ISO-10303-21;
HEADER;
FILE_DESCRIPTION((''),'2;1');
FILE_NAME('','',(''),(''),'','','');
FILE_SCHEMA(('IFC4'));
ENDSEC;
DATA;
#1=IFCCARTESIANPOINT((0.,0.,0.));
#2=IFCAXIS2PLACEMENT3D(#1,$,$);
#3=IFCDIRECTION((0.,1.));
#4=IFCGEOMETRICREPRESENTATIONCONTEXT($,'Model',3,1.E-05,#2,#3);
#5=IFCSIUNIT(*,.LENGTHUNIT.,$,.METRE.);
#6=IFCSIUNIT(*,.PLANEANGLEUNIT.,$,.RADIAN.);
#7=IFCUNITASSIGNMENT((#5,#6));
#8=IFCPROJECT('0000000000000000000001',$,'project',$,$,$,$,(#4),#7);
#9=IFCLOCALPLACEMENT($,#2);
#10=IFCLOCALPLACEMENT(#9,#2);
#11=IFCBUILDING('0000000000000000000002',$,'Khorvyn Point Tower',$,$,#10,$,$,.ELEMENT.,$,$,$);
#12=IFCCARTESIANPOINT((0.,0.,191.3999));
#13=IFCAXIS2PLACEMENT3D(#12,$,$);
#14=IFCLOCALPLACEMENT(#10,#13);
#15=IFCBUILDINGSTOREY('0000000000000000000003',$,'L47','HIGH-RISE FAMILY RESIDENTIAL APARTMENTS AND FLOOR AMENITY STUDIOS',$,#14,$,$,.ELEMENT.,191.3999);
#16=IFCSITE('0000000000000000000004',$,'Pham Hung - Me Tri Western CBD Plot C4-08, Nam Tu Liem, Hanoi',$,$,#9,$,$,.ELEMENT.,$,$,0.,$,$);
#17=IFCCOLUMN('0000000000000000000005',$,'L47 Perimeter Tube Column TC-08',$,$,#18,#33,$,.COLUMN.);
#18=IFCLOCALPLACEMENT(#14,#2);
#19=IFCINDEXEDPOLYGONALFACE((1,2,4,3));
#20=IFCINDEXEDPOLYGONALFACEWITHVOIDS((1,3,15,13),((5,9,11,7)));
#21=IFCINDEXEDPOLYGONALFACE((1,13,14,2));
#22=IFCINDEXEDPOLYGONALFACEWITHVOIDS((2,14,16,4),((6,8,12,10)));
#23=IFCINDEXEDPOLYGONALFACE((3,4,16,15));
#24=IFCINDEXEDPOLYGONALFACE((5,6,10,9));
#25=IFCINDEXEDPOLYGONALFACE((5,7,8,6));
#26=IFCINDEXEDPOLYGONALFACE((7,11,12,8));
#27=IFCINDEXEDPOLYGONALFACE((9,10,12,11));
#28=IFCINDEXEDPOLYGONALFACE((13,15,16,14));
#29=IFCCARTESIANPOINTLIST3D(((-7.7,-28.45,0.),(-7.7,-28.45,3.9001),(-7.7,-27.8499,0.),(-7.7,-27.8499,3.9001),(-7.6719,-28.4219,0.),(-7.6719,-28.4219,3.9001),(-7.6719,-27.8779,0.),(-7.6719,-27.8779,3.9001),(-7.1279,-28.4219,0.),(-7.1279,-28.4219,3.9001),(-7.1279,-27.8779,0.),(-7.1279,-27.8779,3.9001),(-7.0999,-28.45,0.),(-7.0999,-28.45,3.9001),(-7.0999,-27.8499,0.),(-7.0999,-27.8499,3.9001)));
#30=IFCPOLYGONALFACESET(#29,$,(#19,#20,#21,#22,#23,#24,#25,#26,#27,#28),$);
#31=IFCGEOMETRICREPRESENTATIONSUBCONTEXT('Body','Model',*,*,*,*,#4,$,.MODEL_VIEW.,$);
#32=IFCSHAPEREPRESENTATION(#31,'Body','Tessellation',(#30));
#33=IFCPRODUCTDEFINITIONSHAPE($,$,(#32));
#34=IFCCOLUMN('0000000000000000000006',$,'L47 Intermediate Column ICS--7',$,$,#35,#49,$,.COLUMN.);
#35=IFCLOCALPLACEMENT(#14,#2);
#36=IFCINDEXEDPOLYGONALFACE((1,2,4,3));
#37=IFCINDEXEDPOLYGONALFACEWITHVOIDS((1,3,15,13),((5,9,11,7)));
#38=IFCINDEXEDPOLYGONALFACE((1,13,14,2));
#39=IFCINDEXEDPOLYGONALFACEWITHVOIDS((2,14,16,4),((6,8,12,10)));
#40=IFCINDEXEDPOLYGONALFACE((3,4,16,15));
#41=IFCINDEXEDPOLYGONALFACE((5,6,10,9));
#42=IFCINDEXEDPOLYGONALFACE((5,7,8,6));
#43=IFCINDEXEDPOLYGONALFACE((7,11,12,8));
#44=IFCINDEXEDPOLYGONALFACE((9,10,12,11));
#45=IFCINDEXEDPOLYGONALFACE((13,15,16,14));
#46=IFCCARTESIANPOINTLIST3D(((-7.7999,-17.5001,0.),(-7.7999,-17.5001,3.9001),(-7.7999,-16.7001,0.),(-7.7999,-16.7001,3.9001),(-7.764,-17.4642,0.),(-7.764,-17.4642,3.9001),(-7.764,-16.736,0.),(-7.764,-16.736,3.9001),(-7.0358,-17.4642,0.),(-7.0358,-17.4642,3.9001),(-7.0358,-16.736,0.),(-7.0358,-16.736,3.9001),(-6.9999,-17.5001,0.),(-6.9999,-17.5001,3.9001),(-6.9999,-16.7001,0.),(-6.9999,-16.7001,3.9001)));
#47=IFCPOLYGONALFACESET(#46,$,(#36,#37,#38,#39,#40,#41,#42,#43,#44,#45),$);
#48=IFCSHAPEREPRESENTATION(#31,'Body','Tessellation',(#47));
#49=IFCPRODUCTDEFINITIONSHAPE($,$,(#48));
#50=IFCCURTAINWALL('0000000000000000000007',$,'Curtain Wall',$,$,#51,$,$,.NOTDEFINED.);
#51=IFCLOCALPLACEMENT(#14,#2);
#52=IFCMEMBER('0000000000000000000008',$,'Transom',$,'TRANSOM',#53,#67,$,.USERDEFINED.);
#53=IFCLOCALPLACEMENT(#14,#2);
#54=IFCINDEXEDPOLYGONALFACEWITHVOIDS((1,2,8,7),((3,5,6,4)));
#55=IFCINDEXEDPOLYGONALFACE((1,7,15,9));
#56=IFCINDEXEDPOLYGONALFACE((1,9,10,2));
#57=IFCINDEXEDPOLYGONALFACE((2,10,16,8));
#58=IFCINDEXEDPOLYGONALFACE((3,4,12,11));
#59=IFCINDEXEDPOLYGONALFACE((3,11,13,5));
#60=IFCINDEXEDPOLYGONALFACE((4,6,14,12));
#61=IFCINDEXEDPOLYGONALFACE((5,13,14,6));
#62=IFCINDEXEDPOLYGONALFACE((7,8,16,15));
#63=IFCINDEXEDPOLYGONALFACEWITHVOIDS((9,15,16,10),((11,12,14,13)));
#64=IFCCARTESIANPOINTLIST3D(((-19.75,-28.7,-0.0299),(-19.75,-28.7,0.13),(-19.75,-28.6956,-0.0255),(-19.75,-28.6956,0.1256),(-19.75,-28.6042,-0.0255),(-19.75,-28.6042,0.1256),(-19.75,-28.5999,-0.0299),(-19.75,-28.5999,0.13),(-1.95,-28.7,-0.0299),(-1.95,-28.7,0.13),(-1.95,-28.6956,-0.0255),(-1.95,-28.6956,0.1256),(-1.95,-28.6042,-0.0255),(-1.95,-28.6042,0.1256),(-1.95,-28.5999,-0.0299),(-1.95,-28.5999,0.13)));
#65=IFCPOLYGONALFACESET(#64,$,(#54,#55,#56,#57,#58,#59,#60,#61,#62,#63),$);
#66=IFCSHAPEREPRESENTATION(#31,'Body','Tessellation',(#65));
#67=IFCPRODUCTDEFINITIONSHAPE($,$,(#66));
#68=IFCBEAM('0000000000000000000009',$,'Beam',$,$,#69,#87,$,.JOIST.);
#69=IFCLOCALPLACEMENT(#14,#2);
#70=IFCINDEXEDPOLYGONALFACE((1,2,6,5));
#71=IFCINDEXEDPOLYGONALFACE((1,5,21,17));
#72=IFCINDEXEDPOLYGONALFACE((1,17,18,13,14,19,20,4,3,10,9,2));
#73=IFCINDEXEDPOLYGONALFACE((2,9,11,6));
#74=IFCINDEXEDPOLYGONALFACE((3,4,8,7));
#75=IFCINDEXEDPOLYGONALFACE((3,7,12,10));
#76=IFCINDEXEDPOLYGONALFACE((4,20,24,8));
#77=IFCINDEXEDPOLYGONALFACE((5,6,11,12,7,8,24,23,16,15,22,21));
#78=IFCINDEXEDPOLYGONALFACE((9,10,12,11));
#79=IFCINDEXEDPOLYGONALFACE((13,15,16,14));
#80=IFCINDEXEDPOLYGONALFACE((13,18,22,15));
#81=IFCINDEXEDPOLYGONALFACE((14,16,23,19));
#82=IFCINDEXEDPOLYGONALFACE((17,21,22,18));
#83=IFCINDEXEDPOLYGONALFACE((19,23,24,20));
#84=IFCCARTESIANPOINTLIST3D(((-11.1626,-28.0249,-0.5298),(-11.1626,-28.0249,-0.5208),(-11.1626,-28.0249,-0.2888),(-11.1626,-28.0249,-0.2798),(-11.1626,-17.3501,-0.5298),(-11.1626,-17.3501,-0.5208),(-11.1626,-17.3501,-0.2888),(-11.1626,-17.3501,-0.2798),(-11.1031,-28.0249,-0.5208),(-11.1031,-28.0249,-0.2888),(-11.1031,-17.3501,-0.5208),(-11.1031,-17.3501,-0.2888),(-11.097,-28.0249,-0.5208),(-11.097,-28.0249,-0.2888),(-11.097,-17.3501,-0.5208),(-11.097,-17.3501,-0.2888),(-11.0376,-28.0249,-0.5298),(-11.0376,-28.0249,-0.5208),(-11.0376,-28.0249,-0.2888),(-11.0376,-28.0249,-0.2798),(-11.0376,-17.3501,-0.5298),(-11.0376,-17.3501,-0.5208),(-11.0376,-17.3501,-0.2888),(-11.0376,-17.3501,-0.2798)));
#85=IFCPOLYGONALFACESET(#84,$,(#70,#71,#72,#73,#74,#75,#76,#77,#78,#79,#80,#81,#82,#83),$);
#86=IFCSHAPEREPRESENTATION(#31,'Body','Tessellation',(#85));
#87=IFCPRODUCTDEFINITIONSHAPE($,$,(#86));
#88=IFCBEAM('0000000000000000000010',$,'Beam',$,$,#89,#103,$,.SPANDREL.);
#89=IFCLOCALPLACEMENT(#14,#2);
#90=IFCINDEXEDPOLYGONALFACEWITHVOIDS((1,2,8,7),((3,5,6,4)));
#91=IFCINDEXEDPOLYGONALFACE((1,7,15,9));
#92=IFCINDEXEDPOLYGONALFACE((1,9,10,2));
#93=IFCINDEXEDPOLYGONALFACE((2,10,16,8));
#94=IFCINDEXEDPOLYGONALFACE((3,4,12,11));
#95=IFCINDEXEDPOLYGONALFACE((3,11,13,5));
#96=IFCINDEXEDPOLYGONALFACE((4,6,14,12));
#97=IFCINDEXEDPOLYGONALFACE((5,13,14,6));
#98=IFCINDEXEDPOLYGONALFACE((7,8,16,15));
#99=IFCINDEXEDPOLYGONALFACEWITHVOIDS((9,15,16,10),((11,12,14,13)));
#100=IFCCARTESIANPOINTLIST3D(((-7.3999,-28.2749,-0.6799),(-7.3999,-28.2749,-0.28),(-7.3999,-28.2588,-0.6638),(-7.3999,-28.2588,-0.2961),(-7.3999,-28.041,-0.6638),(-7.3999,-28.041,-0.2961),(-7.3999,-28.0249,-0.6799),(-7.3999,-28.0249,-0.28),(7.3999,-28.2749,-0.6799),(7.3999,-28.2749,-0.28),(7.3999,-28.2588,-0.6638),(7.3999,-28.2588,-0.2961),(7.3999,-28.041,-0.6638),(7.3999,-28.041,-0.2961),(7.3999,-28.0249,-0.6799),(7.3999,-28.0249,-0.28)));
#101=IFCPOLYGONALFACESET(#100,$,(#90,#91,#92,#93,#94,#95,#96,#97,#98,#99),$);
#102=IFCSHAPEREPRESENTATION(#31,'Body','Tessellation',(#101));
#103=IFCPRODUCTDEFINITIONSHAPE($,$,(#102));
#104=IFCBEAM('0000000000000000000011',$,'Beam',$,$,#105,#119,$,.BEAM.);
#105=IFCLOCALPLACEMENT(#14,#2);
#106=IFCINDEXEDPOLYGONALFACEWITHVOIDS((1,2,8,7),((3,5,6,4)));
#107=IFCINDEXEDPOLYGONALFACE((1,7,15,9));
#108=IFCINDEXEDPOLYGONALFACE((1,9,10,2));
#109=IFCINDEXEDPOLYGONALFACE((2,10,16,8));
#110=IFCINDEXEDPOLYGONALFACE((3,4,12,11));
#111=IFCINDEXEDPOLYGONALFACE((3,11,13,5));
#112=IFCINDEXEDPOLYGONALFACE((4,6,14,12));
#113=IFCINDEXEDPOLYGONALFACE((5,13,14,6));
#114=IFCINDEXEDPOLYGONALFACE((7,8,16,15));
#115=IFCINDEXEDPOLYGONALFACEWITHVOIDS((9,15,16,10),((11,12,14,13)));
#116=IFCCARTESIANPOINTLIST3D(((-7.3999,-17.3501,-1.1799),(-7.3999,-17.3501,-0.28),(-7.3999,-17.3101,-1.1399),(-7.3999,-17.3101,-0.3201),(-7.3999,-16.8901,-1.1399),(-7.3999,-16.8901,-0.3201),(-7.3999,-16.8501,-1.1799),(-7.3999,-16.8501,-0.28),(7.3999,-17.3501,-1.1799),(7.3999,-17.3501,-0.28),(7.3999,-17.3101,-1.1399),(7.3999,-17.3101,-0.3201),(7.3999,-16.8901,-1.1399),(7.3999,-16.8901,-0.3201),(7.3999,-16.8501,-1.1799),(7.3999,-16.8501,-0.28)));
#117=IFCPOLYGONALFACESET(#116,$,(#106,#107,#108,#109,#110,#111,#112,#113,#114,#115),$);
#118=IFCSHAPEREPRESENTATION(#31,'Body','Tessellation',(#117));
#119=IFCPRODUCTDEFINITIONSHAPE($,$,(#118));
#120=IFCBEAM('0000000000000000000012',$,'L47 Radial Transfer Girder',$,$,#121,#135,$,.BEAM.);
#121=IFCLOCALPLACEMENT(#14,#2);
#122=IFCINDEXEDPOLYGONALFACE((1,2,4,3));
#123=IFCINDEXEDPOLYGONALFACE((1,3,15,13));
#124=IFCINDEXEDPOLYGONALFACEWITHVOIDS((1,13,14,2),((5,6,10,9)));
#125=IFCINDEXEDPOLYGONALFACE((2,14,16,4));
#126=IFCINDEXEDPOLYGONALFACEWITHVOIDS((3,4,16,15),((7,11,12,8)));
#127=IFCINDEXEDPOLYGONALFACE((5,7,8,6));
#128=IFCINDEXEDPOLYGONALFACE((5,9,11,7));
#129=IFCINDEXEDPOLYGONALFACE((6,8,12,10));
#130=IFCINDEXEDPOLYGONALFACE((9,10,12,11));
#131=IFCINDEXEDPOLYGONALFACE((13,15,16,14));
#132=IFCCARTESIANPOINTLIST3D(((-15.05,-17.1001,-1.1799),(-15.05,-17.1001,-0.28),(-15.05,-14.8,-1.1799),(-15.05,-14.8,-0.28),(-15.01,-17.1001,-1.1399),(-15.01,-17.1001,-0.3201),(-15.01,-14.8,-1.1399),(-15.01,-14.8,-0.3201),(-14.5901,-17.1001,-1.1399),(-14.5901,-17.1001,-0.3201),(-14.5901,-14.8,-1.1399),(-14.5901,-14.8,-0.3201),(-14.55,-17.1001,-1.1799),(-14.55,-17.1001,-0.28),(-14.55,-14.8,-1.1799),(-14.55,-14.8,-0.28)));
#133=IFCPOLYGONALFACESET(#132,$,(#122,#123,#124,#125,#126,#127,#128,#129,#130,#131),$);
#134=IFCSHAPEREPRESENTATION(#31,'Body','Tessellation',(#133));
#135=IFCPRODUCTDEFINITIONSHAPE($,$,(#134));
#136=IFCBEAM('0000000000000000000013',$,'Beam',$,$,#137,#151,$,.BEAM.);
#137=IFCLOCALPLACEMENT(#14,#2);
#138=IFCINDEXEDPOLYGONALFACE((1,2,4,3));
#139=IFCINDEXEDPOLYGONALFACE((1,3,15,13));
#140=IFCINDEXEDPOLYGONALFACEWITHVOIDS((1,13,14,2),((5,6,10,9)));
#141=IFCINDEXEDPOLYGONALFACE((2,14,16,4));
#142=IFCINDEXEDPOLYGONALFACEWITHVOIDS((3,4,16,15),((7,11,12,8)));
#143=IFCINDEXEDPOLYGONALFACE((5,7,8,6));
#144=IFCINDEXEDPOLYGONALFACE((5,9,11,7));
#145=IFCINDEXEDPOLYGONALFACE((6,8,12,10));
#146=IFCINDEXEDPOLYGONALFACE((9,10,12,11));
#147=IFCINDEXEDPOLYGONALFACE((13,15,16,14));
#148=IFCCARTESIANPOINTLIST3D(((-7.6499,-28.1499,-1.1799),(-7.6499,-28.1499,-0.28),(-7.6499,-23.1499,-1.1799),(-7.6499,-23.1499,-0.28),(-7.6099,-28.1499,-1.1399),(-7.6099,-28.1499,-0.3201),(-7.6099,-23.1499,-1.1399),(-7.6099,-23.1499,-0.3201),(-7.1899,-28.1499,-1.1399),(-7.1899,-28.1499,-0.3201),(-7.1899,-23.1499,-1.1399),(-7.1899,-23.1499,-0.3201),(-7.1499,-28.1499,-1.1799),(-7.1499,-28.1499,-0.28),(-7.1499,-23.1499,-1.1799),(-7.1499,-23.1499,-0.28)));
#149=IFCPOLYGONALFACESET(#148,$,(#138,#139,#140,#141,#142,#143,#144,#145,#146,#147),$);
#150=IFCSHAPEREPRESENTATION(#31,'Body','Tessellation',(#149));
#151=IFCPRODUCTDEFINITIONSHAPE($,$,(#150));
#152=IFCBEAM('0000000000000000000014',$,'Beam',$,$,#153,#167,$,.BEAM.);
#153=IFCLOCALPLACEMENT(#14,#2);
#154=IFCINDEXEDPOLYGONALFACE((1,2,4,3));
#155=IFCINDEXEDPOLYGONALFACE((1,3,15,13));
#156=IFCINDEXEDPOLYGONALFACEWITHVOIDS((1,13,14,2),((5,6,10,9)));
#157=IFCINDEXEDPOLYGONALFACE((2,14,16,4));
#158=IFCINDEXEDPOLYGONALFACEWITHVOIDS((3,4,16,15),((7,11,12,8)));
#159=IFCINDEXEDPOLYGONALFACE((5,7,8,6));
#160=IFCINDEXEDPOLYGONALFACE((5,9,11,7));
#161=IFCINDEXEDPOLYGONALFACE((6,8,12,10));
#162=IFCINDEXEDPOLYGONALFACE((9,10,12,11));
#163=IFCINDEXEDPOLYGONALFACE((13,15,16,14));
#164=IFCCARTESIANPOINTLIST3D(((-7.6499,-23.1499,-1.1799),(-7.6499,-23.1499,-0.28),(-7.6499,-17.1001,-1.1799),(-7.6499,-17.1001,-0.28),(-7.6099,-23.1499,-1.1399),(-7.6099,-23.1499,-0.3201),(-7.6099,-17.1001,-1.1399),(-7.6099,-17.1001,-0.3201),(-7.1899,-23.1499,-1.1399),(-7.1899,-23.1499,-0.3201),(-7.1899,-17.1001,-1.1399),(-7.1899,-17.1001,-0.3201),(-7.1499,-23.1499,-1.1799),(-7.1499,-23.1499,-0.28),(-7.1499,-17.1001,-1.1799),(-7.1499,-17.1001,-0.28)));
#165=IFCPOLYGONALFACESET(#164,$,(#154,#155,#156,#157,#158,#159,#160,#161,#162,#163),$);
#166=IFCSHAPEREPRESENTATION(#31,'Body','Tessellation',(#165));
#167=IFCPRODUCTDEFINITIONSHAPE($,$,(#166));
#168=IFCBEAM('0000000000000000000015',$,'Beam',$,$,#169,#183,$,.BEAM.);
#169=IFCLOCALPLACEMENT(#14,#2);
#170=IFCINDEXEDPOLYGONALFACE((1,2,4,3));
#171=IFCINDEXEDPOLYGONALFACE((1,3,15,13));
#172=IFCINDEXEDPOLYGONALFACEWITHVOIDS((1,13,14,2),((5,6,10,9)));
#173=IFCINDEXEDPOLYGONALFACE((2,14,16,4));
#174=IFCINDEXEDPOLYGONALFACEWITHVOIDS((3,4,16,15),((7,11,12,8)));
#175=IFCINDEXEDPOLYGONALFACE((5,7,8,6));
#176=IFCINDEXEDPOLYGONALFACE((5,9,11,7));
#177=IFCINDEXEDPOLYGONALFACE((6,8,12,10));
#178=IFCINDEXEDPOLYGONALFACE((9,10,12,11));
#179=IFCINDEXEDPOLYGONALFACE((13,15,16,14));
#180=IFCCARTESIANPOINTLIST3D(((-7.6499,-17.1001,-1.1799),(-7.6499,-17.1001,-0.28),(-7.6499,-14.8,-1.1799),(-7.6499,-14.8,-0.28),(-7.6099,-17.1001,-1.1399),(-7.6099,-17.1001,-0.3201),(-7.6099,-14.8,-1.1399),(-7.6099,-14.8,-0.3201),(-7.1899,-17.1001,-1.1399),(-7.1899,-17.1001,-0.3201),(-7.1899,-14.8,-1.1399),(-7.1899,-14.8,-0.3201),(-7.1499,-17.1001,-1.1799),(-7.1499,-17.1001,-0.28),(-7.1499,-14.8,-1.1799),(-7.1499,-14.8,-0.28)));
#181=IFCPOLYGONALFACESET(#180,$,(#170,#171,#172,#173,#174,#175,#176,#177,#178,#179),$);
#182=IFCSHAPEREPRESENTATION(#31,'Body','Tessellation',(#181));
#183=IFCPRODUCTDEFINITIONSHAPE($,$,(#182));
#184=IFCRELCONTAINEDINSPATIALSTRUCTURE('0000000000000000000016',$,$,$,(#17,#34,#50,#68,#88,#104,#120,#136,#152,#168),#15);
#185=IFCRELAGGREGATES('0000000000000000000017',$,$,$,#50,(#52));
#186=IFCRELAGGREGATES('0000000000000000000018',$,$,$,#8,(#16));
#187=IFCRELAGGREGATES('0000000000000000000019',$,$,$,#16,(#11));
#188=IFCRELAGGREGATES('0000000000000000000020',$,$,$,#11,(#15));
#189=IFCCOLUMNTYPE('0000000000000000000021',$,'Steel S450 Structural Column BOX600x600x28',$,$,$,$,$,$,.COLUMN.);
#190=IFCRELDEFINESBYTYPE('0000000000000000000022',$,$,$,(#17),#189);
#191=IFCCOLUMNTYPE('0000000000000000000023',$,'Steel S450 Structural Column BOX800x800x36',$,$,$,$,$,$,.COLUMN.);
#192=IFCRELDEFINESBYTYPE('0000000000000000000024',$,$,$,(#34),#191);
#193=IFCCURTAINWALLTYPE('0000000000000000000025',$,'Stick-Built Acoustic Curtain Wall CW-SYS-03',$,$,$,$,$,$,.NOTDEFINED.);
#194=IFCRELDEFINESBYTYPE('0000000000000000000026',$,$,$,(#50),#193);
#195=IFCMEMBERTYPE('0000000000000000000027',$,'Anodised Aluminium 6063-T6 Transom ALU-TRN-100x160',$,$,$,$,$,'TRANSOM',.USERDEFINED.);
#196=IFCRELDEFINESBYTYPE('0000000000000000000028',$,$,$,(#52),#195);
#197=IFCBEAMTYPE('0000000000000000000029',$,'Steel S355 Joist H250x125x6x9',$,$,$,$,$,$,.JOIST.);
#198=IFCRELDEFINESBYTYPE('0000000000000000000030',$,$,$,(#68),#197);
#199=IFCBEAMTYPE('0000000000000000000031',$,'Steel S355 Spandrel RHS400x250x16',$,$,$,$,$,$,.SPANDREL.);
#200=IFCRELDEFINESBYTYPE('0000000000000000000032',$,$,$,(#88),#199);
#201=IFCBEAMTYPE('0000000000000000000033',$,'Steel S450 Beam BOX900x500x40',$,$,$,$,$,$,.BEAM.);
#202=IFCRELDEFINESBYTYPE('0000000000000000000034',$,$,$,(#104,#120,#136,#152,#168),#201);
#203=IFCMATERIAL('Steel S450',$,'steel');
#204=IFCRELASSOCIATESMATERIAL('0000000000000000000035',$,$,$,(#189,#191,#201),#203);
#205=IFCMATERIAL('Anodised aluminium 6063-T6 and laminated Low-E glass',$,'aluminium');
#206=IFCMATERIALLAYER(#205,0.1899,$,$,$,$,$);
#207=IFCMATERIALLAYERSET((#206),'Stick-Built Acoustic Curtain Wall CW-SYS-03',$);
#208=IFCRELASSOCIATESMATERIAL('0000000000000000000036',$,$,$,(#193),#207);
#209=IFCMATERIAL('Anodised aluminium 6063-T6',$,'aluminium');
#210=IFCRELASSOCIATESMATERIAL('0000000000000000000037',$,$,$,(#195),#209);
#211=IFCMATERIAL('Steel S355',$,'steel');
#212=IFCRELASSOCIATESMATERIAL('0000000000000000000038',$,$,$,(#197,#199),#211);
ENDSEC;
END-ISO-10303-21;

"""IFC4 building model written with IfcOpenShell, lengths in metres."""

from ifc_helpers import new_model, si_unit, direction, frame, origin, origin_2d, place, context, subcontext, project, spatial, hollow_rectangle, i_section, extrude, material, layer, layer_set, material_profile, profile_set, type_object, element, aggregate, save


model = new_model("IFC4")

# Units and contexts
model_context = context("Model", 3, precision=1e-05, world=origin(), true_north=direction((0.0, 1.0)))
body_context = subcontext(model_context, "Body", "Model", "MODEL_VIEW")
ifc_project = project(units=[si_unit("LENGTHUNIT", "METRE"), si_unit("PLANEANGLEUNIT", "RADIAN")], contexts=[model_context])

# Site, building, storey
site_placement = place(None, origin())
site = spatial("IfcSite", under=ifc_project, at=site_placement, Name="Pham Hung - Me Tri Western CBD Plot C4-08, Nam Tu Liem, Hanoi", CompositionType="ELEMENT", RefElevation=0.0)
building_placement = place(site_placement, origin())
building = spatial("IfcBuilding", under=site, at=building_placement, Name="Khorvyn Point Tower", CompositionType="ELEMENT")
storey_placement = place(building_placement, frame((0.0, 0.0, 191.3999)))
storey = spatial("IfcBuildingStorey", under=building, at=storey_placement, Name="L47", Description="HIGH-RISE FAMILY RESIDENTIAL APARTMENTS AND FLOOR AMENITY STUDIOS", CompositionType="ELEMENT", Elevation=191.3999)

# Columns
ifc_material_1 = material(Name="Steel S450", Category="steel")
ifc_material_profile_1 = material_profile(ifc_material_1, hollow_rectangle(XDim=0.6001, YDim=0.6001, WallThickness=0.0281, at=origin_2d()))
ifc_profile_set_1 = profile_set([ifc_material_profile_1], Name="Steel S450 BOX600x600x28")
column_type_1 = type_object("IfcColumnType", Name="Steel S450 Structural Column BOX600x600x28", PredefinedType="COLUMN", material=ifc_profile_set_1)
column_1_placement = place(storey_placement, frame((-7.3999, -28.1499, 0.0), z_axis=(0.0, 0.0, 1.0), x_axis=(1.0, 0.0, 0.0)))
element("IfcColumn", 1, at=column_1_placement, inside=storey, type_object=column_type_1, Name="L47 Perimeter Tube Column TC-08", PredefinedType="COLUMN", context=body_context, shape_type="SweptSolid", body=[
    extrude(hollow_rectangle(XDim=0.6001, YDim=0.6001, WallThickness=0.0281, at=origin_2d()), origin(), (0.0, 0.0, 1.0), 3.9001),
])
ifc_material_profile_2 = material_profile(ifc_material_1, hollow_rectangle(XDim=0.8, YDim=0.8, WallThickness=0.0359, at=origin_2d()))
ifc_profile_set_2 = profile_set([ifc_material_profile_2], Name="Steel S450 BOX800x800x36")
column_type_2 = type_object("IfcColumnType", Name="Steel S450 Structural Column BOX800x800x36", PredefinedType="COLUMN", material=ifc_profile_set_2)
column_2_placement = place(storey_placement, frame((-7.3999, -17.1001, 0.0), z_axis=(0.0, 0.0, 1.0), x_axis=(1.0, 0.0, 0.0)))
element("IfcColumn", 2, at=column_2_placement, inside=storey, type_object=column_type_2, Name="L47 Intermediate Column ICS--7", PredefinedType="COLUMN", context=body_context, shape_type="SweptSolid", body=[
    extrude(hollow_rectangle(XDim=0.8, YDim=0.8, WallThickness=0.0359, at=origin_2d()), origin(), (0.0, 0.0, 1.0), 3.9001),
])

# Curtain wall, member
ifc_material_2 = material(Name="Anodised aluminium 6063-T6 and laminated Low-E glass", Category="aluminium")
ifc_layer_1 = layer(ifc_material_2, 0.1899)
ifc_layer_set_1 = layer_set([ifc_layer_1], Name="Stick-Built Acoustic Curtain Wall CW-SYS-03")
curtain_wall_type = type_object("IfcCurtainWallType", Name="Stick-Built Acoustic Curtain Wall CW-SYS-03", PredefinedType="NOTDEFINED", material=ifc_layer_set_1)
curtain_wall_placement = place(storey_placement, origin())
curtain_wall = element("IfcCurtainWall", 3, at=curtain_wall_placement, inside=storey, type_object=curtain_wall_type, Name="Curtain Wall", PredefinedType="NOTDEFINED")
ifc_material_3 = material(Name="Anodised aluminium 6063-T6", Category="aluminium")
ifc_material_profile_3 = material_profile(ifc_material_3, hollow_rectangle(XDim=0.1001, YDim=0.1599, WallThickness=0.0044, at=origin_2d()))
ifc_profile_set_3 = profile_set([ifc_material_profile_3], Name="Anodised aluminium 6063-T6 ALU-TRN-100x160")
member_type = type_object("IfcMemberType", Name="Anodised Aluminium 6063-T6 Transom ALU-TRN-100x160", ElementType="TRANSOM", PredefinedType="USERDEFINED", material=ifc_profile_set_3)
member_placement = place(storey_placement, frame((-1.95, -28.6499, 0.05), z_axis=(-1.0, 0.0, 0.0), x_axis=(0.0, -1.0, 0.0)))
member = element("IfcMember", 4, at=member_placement, type_object=member_type, Name="Transom", ObjectType="TRANSOM", PredefinedType="USERDEFINED", context=body_context, shape_type="SweptSolid", body=[
    extrude(hollow_rectangle(XDim=0.1001, YDim=0.1599, WallThickness=0.0044, at=origin_2d()), origin(), (0.0, 0.0, 1.0), 17.8),
])

# Beams
ifc_material_4 = material(Name="Steel S355", Category="steel")
ifc_material_profile_4 = material_profile(ifc_material_4, i_section(OverallWidth=0.125, OverallDepth=0.25, WebThickness=0.0061, FlangeThickness=0.009, at=origin_2d()))
ifc_profile_set_4 = profile_set([ifc_material_profile_4], Name="Steel S355 H250x125x6x9")
beam_type_1 = type_object("IfcBeamType", Name="Steel S355 Joist H250x125x6x9", PredefinedType="JOIST", material=ifc_profile_set_4)
beam_1_placement = place(storey_placement, frame((-11.1001, -28.0249, -0.4048), z_axis=(0.0, 1.0, 0.0), x_axis=(-1.0, 0.0, 0.0)))
element("IfcBeam", 5, at=beam_1_placement, inside=storey, type_object=beam_type_1, Name="Beam", PredefinedType="JOIST", context=body_context, shape_type="SweptSolid", body=[
    extrude(i_section(OverallWidth=0.125, OverallDepth=0.25, WebThickness=0.0061, FlangeThickness=0.009, at=origin_2d()), origin(), (0.0, 0.0, 1.0), 10.6748),
])
ifc_material_profile_5 = material_profile(ifc_material_4, hollow_rectangle(XDim=0.25, YDim=0.3999, WallThickness=0.0161, at=origin_2d()))
ifc_profile_set_5 = profile_set([ifc_material_profile_5], Name="Steel S355 RHS400x250x16")
beam_type_2 = type_object("IfcBeamType", Name="Steel S355 Spandrel RHS400x250x16", PredefinedType="SPANDREL", material=ifc_profile_set_5)
beam_2_placement = place(storey_placement, frame((-7.3999, -28.1499, -0.48), z_axis=(1.0, 0.0, 0.0), x_axis=(0.0, 1.0, 0.0)))
element("IfcBeam", 6, at=beam_2_placement, inside=storey, type_object=beam_type_2, Name="Beam", PredefinedType="SPANDREL", context=body_context, shape_type="SweptSolid", body=[
    extrude(hollow_rectangle(XDim=0.25, YDim=0.3999, WallThickness=0.0161, at=origin_2d()), origin(), (0.0, 0.0, 1.0), 14.7998),
])
ifc_material_profile_6 = material_profile(ifc_material_1, hollow_rectangle(XDim=0.5, YDim=0.8999, WallThickness=0.04, at=origin_2d()))
ifc_profile_set_6 = profile_set([ifc_material_profile_6], Name="Steel S450 BOX900x500x40")
beam_type_3 = type_object("IfcBeamType", Name="Steel S450 Beam BOX900x500x40", PredefinedType="BEAM", material=ifc_profile_set_6)
beam_3_placement = place(storey_placement, frame((-7.3999, -17.1001, -0.73), z_axis=(1.0, 0.0, 0.0), x_axis=(0.0, 1.0, 0.0)))
element("IfcBeam", 7, at=beam_3_placement, inside=storey, type_object=beam_type_3, Name="Beam", PredefinedType="BEAM", context=body_context, shape_type="SweptSolid", body=[
    extrude(hollow_rectangle(XDim=0.5, YDim=0.8999, WallThickness=0.04, at=origin_2d()), origin(), (0.0, 0.0, 1.0), 14.7998),
])
beam_4_placement = place(storey_placement, frame((-14.8, -17.1001, -0.73), z_axis=(0.0, 1.0, 0.0), x_axis=(-1.0, 0.0, 0.0)))
element("IfcBeam", 8, at=beam_4_placement, inside=storey, type_object=beam_type_3, Name="L47 Radial Transfer Girder", PredefinedType="BEAM", context=body_context, shape_type="SweptSolid", body=[
    extrude(hollow_rectangle(XDim=0.5, YDim=0.8999, WallThickness=0.04, at=origin_2d()), origin(), (0.0, 0.0, 1.0), 2.3),
])
beam_5_placement = place(storey_placement, frame((-7.3999, -28.1499, -0.73), z_axis=(0.0, 1.0, 0.0), x_axis=(-1.0, 0.0, 0.0)))
element("IfcBeam", 9, at=beam_5_placement, inside=storey, type_object=beam_type_3, Name="Beam", PredefinedType="BEAM", context=body_context, shape_type="SweptSolid", body=[
    extrude(hollow_rectangle(XDim=0.5, YDim=0.8999, WallThickness=0.04, at=origin_2d()), origin(), (0.0, 0.0, 1.0), 5.0),
])
beam_6_placement = place(storey_placement, frame((-7.3999, -23.1499, -0.73), z_axis=(0.0, 1.0, 0.0), x_axis=(-1.0, 0.0, 0.0)))
element("IfcBeam", 10, at=beam_6_placement, inside=storey, type_object=beam_type_3, Name="Beam", PredefinedType="BEAM", context=body_context, shape_type="SweptSolid", body=[
    extrude(hollow_rectangle(XDim=0.5, YDim=0.8999, WallThickness=0.04, at=origin_2d()), origin(), (0.0, 0.0, 1.0), 6.0498),
])
beam_7_placement = place(storey_placement, frame((-7.3999, -17.1001, -0.73), z_axis=(0.0, 1.0, 0.0), x_axis=(-1.0, 0.0, 0.0)))
element("IfcBeam", 11, at=beam_7_placement, inside=storey, type_object=beam_type_3, Name="Beam", PredefinedType="BEAM", context=body_context, shape_type="SweptSolid", body=[
    extrude(hollow_rectangle(XDim=0.5, YDim=0.8999, WallThickness=0.04, at=origin_2d()), origin(), (0.0, 0.0, 1.0), 2.3),
])

aggregate(curtain_wall, [member])

save(model, "model.ifc")
